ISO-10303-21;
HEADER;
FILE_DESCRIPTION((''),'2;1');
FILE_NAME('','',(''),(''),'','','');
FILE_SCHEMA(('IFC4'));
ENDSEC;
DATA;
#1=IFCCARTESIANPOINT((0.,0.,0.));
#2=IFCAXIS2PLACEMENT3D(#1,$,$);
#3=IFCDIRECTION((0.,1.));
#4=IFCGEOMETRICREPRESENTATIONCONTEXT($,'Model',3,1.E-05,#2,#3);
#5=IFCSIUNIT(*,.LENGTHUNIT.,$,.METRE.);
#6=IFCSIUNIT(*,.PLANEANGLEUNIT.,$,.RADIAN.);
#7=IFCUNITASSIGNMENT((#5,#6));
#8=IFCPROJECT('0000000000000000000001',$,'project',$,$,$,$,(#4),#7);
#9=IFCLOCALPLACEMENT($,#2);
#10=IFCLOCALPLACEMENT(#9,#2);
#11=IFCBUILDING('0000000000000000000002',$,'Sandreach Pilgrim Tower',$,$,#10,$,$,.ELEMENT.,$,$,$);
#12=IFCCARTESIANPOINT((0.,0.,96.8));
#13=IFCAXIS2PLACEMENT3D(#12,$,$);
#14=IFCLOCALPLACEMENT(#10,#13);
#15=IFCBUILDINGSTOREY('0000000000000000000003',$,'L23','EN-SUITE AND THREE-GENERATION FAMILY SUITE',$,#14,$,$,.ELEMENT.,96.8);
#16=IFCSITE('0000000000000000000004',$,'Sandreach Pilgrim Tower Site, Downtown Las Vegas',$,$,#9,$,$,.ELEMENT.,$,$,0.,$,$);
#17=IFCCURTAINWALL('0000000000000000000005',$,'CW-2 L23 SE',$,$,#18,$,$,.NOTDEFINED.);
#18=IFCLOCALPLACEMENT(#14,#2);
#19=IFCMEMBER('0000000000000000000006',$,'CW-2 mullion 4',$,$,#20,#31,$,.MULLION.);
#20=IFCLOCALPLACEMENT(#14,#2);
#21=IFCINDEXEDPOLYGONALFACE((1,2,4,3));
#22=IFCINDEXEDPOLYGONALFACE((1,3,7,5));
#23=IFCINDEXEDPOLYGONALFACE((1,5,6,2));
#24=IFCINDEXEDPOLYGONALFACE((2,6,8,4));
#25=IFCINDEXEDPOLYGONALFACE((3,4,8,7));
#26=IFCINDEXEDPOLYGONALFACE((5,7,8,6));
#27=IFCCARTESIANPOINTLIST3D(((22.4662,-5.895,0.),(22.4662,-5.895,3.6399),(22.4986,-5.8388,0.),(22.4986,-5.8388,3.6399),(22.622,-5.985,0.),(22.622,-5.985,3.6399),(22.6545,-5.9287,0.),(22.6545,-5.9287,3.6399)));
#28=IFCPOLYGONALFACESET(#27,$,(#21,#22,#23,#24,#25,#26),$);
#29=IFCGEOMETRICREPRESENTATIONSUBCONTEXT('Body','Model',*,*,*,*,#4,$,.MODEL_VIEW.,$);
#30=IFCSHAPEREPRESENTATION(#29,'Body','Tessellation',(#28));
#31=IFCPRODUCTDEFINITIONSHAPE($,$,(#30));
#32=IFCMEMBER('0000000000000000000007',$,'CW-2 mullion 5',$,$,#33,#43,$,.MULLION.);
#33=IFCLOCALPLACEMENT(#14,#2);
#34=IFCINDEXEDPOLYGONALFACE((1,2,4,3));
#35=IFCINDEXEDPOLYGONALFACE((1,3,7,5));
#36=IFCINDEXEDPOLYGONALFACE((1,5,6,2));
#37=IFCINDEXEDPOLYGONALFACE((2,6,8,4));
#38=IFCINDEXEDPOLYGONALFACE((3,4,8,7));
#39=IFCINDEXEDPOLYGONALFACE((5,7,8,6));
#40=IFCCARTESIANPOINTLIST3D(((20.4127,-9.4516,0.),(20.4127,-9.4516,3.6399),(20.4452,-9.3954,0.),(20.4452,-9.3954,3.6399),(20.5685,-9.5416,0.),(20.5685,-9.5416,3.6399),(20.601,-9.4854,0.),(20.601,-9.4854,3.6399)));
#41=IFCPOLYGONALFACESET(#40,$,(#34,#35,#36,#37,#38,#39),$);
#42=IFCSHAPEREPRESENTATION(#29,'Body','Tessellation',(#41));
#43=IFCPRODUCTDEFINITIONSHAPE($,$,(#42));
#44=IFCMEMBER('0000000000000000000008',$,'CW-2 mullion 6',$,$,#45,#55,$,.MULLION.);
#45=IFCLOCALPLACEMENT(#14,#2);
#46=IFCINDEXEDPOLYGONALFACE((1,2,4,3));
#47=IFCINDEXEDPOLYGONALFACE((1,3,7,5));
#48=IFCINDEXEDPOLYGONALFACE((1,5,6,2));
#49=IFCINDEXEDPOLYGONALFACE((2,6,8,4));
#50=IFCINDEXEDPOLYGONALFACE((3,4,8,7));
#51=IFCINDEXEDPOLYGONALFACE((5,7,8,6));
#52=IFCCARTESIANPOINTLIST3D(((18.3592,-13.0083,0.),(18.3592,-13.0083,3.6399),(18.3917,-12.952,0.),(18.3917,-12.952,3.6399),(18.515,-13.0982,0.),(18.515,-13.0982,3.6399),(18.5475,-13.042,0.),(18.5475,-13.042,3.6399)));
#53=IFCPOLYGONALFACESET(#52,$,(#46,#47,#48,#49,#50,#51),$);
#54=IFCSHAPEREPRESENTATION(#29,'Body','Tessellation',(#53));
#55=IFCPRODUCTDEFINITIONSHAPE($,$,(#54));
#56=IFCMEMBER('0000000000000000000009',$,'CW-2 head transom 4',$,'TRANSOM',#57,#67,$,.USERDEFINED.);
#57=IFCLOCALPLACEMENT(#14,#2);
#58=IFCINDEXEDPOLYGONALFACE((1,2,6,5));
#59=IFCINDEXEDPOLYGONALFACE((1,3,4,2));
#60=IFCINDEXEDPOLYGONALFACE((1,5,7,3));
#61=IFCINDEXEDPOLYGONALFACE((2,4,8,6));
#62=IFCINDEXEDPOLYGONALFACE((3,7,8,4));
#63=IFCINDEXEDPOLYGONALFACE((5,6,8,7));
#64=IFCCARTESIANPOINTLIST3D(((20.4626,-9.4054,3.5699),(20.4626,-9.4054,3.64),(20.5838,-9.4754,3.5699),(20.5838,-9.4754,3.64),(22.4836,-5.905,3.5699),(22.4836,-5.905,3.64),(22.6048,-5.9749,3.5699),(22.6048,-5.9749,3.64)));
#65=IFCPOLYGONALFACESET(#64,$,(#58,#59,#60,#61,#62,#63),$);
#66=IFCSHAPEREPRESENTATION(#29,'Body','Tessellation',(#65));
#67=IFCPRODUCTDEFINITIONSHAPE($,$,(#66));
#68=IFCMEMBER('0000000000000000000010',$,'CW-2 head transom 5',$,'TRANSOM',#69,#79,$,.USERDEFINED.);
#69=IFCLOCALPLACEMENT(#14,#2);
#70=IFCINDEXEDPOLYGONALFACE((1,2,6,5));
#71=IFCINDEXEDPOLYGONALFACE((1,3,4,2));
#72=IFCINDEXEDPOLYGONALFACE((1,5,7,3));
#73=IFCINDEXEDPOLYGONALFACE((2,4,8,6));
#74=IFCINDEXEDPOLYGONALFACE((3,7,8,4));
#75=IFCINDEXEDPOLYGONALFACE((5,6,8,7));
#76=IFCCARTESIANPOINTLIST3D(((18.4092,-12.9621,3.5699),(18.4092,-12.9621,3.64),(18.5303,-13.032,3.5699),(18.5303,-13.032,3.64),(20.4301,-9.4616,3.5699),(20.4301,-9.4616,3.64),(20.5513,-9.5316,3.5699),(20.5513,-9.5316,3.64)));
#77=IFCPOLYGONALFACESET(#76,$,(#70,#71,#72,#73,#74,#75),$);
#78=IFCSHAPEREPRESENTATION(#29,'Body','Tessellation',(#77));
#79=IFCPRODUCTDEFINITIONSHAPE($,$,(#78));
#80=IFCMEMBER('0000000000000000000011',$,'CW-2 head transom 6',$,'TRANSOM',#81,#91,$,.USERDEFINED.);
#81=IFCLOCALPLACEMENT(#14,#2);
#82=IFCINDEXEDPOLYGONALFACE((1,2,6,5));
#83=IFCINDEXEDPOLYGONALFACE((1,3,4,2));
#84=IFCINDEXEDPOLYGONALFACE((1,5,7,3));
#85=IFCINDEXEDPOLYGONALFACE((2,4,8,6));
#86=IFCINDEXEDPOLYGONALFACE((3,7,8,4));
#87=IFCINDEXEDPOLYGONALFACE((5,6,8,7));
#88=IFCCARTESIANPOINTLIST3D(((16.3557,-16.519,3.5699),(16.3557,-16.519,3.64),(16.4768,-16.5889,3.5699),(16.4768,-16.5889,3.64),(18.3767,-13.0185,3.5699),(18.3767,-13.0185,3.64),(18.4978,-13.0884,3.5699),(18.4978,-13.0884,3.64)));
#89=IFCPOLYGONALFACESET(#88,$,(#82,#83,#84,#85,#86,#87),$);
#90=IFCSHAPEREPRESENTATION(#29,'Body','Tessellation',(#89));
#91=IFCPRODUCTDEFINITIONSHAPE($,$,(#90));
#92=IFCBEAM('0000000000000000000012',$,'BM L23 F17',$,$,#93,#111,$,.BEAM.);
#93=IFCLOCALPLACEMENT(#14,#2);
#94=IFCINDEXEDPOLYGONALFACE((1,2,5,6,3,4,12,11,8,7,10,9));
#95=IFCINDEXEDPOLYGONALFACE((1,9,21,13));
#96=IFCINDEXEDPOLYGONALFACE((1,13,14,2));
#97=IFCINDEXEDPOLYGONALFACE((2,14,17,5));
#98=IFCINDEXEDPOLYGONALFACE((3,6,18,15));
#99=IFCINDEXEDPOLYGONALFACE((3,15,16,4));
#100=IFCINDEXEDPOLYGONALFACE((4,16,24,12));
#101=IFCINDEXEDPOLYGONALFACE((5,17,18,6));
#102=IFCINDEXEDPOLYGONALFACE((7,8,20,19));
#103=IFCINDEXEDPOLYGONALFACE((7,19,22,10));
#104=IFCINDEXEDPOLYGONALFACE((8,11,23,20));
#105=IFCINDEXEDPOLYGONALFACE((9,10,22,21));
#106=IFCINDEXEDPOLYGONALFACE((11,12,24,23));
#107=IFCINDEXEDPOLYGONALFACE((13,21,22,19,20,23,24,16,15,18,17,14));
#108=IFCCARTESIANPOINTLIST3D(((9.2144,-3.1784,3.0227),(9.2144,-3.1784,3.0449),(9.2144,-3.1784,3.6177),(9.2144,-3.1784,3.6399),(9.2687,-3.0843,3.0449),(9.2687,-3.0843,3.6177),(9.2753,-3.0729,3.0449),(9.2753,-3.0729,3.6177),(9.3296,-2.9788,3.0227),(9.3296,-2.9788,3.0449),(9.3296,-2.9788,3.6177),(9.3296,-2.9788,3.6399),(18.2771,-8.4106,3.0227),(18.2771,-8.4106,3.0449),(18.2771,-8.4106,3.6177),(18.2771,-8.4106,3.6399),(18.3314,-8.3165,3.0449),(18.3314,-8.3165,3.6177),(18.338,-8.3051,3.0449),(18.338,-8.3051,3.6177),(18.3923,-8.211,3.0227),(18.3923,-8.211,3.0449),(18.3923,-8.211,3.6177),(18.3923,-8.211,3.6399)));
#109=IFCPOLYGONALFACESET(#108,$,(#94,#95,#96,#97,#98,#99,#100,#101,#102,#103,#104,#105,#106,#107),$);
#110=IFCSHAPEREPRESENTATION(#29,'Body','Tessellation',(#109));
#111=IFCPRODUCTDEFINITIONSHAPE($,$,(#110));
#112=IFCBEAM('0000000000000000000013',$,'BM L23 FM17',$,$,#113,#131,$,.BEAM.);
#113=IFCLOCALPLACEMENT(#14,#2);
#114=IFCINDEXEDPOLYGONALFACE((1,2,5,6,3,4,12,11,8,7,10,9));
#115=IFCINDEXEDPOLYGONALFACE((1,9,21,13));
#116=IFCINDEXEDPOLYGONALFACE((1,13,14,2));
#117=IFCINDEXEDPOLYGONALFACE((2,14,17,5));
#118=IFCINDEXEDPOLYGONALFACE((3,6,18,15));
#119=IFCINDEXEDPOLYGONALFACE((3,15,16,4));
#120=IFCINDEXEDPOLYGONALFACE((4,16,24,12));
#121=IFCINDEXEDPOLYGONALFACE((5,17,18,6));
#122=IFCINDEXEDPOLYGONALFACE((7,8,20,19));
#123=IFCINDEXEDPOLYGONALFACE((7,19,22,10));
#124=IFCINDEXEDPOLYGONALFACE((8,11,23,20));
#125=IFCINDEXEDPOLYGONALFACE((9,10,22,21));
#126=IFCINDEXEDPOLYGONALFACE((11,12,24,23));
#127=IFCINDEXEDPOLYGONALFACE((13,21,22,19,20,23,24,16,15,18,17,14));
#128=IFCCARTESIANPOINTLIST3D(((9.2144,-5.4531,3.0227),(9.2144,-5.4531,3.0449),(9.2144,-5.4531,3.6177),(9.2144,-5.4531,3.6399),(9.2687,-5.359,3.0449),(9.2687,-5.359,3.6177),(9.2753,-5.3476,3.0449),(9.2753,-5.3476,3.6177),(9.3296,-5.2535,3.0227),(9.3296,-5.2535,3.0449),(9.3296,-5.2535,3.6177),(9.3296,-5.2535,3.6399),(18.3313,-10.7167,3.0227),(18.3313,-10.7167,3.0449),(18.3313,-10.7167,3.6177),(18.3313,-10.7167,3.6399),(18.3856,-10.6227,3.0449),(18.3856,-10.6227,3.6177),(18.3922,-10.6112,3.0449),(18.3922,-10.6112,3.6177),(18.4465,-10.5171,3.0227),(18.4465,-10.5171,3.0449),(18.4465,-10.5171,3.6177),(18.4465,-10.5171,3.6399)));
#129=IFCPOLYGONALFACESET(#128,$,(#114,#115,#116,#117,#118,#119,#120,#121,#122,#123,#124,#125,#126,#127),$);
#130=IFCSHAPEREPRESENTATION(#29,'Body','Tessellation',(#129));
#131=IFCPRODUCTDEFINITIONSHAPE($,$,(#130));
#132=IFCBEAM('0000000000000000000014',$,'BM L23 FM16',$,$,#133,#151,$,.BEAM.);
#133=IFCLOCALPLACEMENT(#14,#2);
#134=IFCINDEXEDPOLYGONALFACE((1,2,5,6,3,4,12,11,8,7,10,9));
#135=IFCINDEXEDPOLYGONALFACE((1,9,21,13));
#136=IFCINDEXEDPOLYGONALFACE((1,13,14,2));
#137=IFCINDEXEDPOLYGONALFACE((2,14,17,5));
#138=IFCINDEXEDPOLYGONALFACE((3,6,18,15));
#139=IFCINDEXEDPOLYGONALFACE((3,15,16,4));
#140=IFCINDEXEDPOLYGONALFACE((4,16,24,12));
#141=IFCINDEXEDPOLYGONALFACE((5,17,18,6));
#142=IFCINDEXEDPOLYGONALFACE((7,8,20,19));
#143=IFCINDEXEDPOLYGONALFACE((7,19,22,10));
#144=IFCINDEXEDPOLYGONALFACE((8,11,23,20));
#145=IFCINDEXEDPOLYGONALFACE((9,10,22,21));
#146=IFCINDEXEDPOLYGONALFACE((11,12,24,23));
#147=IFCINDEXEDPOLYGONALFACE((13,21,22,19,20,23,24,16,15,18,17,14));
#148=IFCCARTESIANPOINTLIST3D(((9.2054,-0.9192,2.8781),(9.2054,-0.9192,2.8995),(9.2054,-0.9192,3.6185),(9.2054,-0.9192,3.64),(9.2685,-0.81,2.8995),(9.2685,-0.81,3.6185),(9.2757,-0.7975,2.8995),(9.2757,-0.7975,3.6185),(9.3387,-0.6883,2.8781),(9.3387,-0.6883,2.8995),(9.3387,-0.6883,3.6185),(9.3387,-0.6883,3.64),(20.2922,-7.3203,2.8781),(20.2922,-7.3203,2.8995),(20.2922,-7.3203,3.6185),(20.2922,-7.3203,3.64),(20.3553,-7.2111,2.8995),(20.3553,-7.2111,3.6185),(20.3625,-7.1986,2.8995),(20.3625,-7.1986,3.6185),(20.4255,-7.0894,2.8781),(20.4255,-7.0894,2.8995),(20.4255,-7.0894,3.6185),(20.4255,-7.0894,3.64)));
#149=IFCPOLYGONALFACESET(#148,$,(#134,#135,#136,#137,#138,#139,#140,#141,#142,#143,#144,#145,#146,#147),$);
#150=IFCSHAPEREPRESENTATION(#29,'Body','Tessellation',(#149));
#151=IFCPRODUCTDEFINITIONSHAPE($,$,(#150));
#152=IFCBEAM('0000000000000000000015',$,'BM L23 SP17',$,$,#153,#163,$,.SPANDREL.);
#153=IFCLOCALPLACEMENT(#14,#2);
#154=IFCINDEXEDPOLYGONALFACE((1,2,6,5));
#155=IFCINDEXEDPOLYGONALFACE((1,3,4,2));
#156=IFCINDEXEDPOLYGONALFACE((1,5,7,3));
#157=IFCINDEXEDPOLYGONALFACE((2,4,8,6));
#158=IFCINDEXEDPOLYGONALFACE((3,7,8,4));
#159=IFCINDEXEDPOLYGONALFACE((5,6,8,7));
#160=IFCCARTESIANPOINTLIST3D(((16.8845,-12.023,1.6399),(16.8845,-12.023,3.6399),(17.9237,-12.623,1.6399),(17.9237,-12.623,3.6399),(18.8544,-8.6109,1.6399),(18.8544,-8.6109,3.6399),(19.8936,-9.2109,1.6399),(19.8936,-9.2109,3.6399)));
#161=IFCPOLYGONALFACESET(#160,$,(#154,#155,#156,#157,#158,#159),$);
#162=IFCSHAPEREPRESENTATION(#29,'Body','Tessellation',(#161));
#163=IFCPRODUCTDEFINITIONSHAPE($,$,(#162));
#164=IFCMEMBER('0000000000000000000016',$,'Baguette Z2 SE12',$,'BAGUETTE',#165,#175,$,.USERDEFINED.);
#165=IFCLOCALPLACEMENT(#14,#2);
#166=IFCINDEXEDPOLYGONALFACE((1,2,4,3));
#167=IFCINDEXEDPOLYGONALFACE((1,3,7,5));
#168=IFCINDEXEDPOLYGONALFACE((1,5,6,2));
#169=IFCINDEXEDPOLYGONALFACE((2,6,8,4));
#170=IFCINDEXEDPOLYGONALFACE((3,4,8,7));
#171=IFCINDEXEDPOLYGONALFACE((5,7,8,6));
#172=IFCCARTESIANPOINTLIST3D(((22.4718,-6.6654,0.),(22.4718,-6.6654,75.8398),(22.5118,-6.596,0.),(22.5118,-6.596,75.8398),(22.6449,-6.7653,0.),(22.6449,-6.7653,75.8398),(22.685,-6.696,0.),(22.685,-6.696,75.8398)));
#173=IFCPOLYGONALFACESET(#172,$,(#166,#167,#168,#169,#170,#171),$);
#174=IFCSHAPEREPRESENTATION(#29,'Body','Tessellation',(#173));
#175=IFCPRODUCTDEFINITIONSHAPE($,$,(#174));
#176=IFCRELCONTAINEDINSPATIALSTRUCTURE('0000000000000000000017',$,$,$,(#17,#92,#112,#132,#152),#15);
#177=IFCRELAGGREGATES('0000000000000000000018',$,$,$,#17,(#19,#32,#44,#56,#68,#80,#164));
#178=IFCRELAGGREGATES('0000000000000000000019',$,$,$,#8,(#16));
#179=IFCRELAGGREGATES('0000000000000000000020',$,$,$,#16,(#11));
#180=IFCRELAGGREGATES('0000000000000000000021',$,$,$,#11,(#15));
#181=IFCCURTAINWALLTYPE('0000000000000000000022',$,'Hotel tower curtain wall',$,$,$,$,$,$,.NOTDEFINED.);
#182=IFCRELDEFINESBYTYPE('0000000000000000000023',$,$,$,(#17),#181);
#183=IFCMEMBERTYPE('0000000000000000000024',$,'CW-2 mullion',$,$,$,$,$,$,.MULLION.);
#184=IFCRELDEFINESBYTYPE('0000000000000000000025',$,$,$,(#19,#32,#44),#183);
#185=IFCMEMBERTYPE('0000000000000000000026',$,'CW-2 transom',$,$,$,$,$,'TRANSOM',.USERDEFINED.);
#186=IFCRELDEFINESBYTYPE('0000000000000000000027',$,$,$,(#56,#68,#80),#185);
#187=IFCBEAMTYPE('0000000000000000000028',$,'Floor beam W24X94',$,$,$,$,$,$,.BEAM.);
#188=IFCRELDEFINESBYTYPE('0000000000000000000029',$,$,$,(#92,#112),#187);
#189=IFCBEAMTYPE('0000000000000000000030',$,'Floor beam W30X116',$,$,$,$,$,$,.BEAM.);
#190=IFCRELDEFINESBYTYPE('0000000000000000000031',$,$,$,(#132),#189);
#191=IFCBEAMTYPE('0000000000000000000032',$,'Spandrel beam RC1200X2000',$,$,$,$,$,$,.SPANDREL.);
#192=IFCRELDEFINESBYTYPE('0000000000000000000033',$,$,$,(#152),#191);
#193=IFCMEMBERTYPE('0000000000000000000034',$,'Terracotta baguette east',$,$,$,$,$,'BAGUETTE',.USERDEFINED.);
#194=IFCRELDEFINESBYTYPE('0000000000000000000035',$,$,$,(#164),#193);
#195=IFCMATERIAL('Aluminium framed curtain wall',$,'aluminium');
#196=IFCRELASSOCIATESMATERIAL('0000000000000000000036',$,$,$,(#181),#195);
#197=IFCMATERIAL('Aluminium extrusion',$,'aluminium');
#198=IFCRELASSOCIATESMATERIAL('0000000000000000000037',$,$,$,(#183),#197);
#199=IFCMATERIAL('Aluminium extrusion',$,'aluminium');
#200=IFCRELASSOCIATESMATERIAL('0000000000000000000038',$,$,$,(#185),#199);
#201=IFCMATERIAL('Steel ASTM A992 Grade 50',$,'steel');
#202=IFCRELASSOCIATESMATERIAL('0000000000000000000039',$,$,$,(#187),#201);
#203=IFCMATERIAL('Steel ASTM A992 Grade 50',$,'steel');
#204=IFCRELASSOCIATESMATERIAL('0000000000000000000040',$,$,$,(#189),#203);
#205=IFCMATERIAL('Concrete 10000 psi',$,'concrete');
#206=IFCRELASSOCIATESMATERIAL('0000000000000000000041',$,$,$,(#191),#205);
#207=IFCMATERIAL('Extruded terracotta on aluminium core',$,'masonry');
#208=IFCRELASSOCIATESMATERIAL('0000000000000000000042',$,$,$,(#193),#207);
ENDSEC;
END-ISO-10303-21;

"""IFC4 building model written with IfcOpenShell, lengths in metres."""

from ifc_helpers import new_model, si_unit, direction, frame, origin, origin_2d, place, context, subcontext, project, spatial, rectangle, i_section, extrude, material, material_profile, profile_set, type_object, element, aggregate, save


model = new_model("IFC4")

# Units and contexts
model_context = context("Model", 3, precision=1e-05, world=origin(), true_north=direction((0.0, 1.0)))
body_context = subcontext(model_context, "Body", "Model", "MODEL_VIEW")
ifc_project = project(units=[si_unit("LENGTHUNIT", "METRE"), si_unit("PLANEANGLEUNIT", "RADIAN")], contexts=[model_context])

# Site, building, storey
site_placement = place(None, origin())
site = spatial("IfcSite", under=ifc_project, at=site_placement, Name="Sandreach Pilgrim Tower Site, Downtown Las Vegas", CompositionType="ELEMENT", RefElevation=0.0)
building_placement = place(site_placement, origin())
building = spatial("IfcBuilding", under=site, at=building_placement, Name="Sandreach Pilgrim Tower", CompositionType="ELEMENT")
storey_placement = place(building_placement, frame((0.0, 0.0, 96.8)))
storey = spatial("IfcBuildingStorey", under=building, at=storey_placement, Name="L23", Description="EN-SUITE AND THREE-GENERATION FAMILY SUITE", CompositionType="ELEMENT", Elevation=96.8)

# Curtain wall, members
ifc_material_1 = material(Name="Aluminium framed curtain wall", Category="aluminium")
curtain_wall_type = type_object("IfcCurtainWallType", Name="Hotel tower curtain wall", PredefinedType="NOTDEFINED", material=ifc_material_1)
curtain_wall_placement = place(storey_placement, origin())
curtain_wall = element("IfcCurtainWall", 1, at=curtain_wall_placement, inside=storey, type_object=curtain_wall_type, Name="CW-2 L23 SE", PredefinedType="NOTDEFINED")
ifc_material_2 = material(Name="Aluminium extrusion", Category="aluminium")
ifc_material_profile_1 = material_profile(ifc_material_2, rectangle(XDim=0.0649, YDim=0.1799, at=origin_2d()), Name="CW-2M 65X180")
ifc_profile_set_1 = profile_set([ifc_material_profile_1], Name="Aluminium extrusion")
member_type_1 = type_object("IfcMemberType", Name="CW-2 mullion", PredefinedType="MULLION", material=ifc_profile_set_1)
member_1_placement = place(storey_placement, frame((22.5603, -5.9119, 0.0), z_axis=(0.0, 0.0, 1.0), x_axis=(-0.5, -0.866025, 0.0)))
member_1 = element("IfcMember", 2, at=member_1_placement, type_object=member_type_1, Name="CW-2 mullion 4", PredefinedType="MULLION", context=body_context, shape_type="SweptSolid", body=[
    extrude(rectangle(XDim=0.0649, YDim=0.1799, at=origin_2d()), origin(), (0.0, 0.0, 1.0), 3.6399),
])
member_2_placement = place(storey_placement, frame((20.5068, -9.4685, 0.0), z_axis=(0.0, 0.0, 1.0), x_axis=(-0.5, -0.866025, 0.0)))
member_2 = element("IfcMember", 3, at=member_2_placement, type_object=member_type_1, Name="CW-2 mullion 5", PredefinedType="MULLION", context=body_context, shape_type="SweptSolid", body=[
    extrude(rectangle(XDim=0.0649, YDim=0.1799, at=origin_2d()), origin(), (0.0, 0.0, 1.0), 3.6399),
])
member_3_placement = place(storey_placement, frame((18.4534, -13.0251, 0.0), z_axis=(0.0, 0.0, 1.0), x_axis=(-0.5, -0.866025, 0.0)))
member_3 = element("IfcMember", 4, at=member_3_placement, type_object=member_type_1, Name="CW-2 mullion 6", PredefinedType="MULLION", context=body_context, shape_type="SweptSolid", body=[
    extrude(rectangle(XDim=0.0649, YDim=0.1799, at=origin_2d()), origin(), (0.0, 0.0, 1.0), 3.6399),
])
ifc_material_3 = material(Name="Aluminium extrusion", Category="aluminium")
ifc_material_profile_2 = material_profile(ifc_material_3, rectangle(XDim=0.1399, YDim=0.0701, at=origin_2d()), Name="CW-2T 140X70")
ifc_profile_set_2 = profile_set([ifc_material_profile_2], Name="Aluminium extrusion")
member_type_2 = type_object("IfcMemberType", Name="CW-2 transom", ElementType="TRANSOM", PredefinedType="USERDEFINED", material=ifc_profile_set_2)
member_4_placement = place(storey_placement, frame((22.5442, -5.9399, 3.605), z_axis=(-0.499998, -0.866027, 0.0), x_axis=(0.866027, -0.499998, 0.0)))
member_4 = element("IfcMember", 5, at=member_4_placement, type_object=member_type_2, Name="CW-2 head transom 4", ObjectType="TRANSOM", PredefinedType="USERDEFINED", context=body_context, shape_type="SweptSolid", body=[
    extrude(rectangle(XDim=0.1399, YDim=0.0701, at=origin_2d()), origin(), (0.0, 0.0, 1.0), 4.042),
])
member_5_placement = place(storey_placement, frame((20.4907, -9.4966, 3.605), z_axis=(-0.499998, -0.866027, 0.0), x_axis=(0.866027, -0.499998, 0.0)))
member_5 = element("IfcMember", 6, at=member_5_placement, type_object=member_type_2, Name="CW-2 head transom 5", ObjectType="TRANSOM", PredefinedType="USERDEFINED", context=body_context, shape_type="SweptSolid", body=[
    extrude(rectangle(XDim=0.1399, YDim=0.0701, at=origin_2d()), origin(), (0.0, 0.0, 1.0), 4.042),
])
member_6_placement = place(storey_placement, frame((18.4373, -13.0535, 3.605), z_axis=(-0.499998, -0.866027, 0.0), x_axis=(0.866027, -0.499998, 0.0)))
member_6 = element("IfcMember", 7, at=member_6_placement, type_object=member_type_2, Name="CW-2 head transom 6", ObjectType="TRANSOM", PredefinedType="USERDEFINED", context=body_context, shape_type="SweptSolid", body=[
    extrude(rectangle(XDim=0.1399, YDim=0.0701, at=origin_2d()), origin(), (0.0, 0.0, 1.0), 4.042),
])

# Beams
ifc_material_4 = material(Name="Steel ASTM A992 Grade 50", Category="steel")
ifc_material_profile_3 = material_profile(ifc_material_4, i_section(OverallWidth=0.2305, OverallDepth=0.6172, WebThickness=0.0132, FlangeThickness=0.0222, at=origin_2d()), Name="W24X94")
ifc_profile_set_3 = profile_set([ifc_material_profile_3], Name="Steel ASTM A992 Grade 50")
beam_type_1 = type_object("IfcBeamType", Name="Floor beam W24X94", PredefinedType="BEAM", material=ifc_profile_set_3)
beam_1_placement = place(storey_placement, frame((18.3347, -8.3108, 3.3313), z_axis=(-0.866034, 0.499986, 0.0), x_axis=(-0.499986, -0.866034, 0.0)))
element("IfcBeam", 8, at=beam_1_placement, inside=storey, type_object=beam_type_1, Name="BM L23 F17", PredefinedType="BEAM", context=body_context, shape_type="SweptSolid", body=[
    extrude(i_section(OverallWidth=0.2305, OverallDepth=0.6172, WebThickness=0.0132, FlangeThickness=0.0222, at=origin_2d()), origin(), (0.0, 0.0, 1.0), 10.4646),
])
beam_2_placement = place(storey_placement, frame((18.3889, -10.6169, 3.3313), z_axis=(-0.866025, 0.5, 0.0), x_axis=(-0.5, -0.866025, 0.0)))
element("IfcBeam", 9, at=beam_2_placement, inside=storey, type_object=beam_type_1, Name="BM L23 FM17", PredefinedType="BEAM", context=body_context, shape_type="SweptSolid", body=[
    extrude(i_section(OverallWidth=0.2305, OverallDepth=0.6172, WebThickness=0.0132, FlangeThickness=0.0222, at=origin_2d()), origin(), (0.0, 0.0, 1.0), 10.5273),
])
ifc_material_5 = material(Name="Steel ASTM A992 Grade 50", Category="steel")
ifc_material_profile_4 = material_profile(ifc_material_5, i_section(OverallWidth=0.2666, OverallDepth=0.762, WebThickness=0.0144, FlangeThickness=0.0215, at=origin_2d()), Name="W30X116")
ifc_profile_set_4 = profile_set([ifc_material_profile_4], Name="Steel ASTM A992 Grade 50")
beam_type_2 = type_object("IfcBeamType", Name="Floor beam W30X116", PredefinedType="BEAM", material=ifc_profile_set_4)
beam_3_placement = place(storey_placement, frame((20.3589, -7.2048, 3.259), z_axis=(-0.866022, 0.500005, 0.0), x_axis=(-0.500005, -0.866022, 0.0)))
element("IfcBeam", 10, at=beam_3_placement, inside=storey, type_object=beam_type_2, Name="BM L23 FM16", PredefinedType="BEAM", context=body_context, shape_type="SweptSolid", body=[
    extrude(i_section(OverallWidth=0.2666, OverallDepth=0.762, WebThickness=0.0144, FlangeThickness=0.0215, at=origin_2d()), origin(), (0.0, 0.0, 1.0), 12.802),
])
ifc_material_6 = material(Name="Concrete 10000 psi", Category="concrete")
ifc_material_profile_5 = material_profile(ifc_material_6, rectangle(XDim=1.2, YDim=2.0, at=origin_2d()), Name="RC1200X2000")
ifc_profile_set_5 = profile_set([ifc_material_profile_5], Name="Concrete 10000 psi")
beam_type_3 = type_object("IfcBeamType", Name="Spandrel beam RC1200X2000", PredefinedType="SPANDREL", material=ifc_profile_set_5)
beam_4_placement = place(storey_placement, frame((19.374, -8.9109, 2.6399), z_axis=(-0.499998, -0.866027, 0.0), x_axis=(0.866027, -0.499998, 0.0)))
element("IfcBeam", 11, at=beam_4_placement, inside=storey, type_object=beam_type_3, Name="BM L23 SP17", PredefinedType="SPANDREL", context=body_context, shape_type="SweptSolid", body=[
    extrude(rectangle(XDim=1.2, YDim=2.0, at=origin_2d()), origin(), (0.0, 0.0, 1.0), 3.9399),
])

# Member
ifc_material_7 = material(Name="Extruded terracotta on aluminium core", Category="masonry")
ifc_material_profile_6 = material_profile(ifc_material_7, rectangle(XDim=0.0801, YDim=0.2, at=origin_2d()), Name="TBE 80X200")
ifc_profile_set_6 = profile_set([ifc_material_profile_6], Name="Extruded terracotta on aluminium core")
member_type_3 = type_object("IfcMemberType", Name="Terracotta baguette east", ElementType="BAGUETTE", PredefinedType="USERDEFINED", material=ifc_profile_set_6)
member_7_placement = place(storey_placement, frame((22.5784, -6.6807, 0.0), z_axis=(0.0, 0.0, 1.0), x_axis=(-0.5, -0.866025, 0.0)))
member_7 = element("IfcMember", 12, at=member_7_placement, type_object=member_type_3, Name="Baguette Z2 SE12", ObjectType="BAGUETTE", PredefinedType="USERDEFINED", context=body_context, shape_type="SweptSolid", body=[
    extrude(rectangle(XDim=0.0801, YDim=0.2, at=origin_2d()), origin(), (0.0, 0.0, 1.0), 75.8398),
])

aggregate(curtain_wall, [member_1, member_2, member_3, member_4, member_5, member_6, member_7])

save(model, "model.ifc")
